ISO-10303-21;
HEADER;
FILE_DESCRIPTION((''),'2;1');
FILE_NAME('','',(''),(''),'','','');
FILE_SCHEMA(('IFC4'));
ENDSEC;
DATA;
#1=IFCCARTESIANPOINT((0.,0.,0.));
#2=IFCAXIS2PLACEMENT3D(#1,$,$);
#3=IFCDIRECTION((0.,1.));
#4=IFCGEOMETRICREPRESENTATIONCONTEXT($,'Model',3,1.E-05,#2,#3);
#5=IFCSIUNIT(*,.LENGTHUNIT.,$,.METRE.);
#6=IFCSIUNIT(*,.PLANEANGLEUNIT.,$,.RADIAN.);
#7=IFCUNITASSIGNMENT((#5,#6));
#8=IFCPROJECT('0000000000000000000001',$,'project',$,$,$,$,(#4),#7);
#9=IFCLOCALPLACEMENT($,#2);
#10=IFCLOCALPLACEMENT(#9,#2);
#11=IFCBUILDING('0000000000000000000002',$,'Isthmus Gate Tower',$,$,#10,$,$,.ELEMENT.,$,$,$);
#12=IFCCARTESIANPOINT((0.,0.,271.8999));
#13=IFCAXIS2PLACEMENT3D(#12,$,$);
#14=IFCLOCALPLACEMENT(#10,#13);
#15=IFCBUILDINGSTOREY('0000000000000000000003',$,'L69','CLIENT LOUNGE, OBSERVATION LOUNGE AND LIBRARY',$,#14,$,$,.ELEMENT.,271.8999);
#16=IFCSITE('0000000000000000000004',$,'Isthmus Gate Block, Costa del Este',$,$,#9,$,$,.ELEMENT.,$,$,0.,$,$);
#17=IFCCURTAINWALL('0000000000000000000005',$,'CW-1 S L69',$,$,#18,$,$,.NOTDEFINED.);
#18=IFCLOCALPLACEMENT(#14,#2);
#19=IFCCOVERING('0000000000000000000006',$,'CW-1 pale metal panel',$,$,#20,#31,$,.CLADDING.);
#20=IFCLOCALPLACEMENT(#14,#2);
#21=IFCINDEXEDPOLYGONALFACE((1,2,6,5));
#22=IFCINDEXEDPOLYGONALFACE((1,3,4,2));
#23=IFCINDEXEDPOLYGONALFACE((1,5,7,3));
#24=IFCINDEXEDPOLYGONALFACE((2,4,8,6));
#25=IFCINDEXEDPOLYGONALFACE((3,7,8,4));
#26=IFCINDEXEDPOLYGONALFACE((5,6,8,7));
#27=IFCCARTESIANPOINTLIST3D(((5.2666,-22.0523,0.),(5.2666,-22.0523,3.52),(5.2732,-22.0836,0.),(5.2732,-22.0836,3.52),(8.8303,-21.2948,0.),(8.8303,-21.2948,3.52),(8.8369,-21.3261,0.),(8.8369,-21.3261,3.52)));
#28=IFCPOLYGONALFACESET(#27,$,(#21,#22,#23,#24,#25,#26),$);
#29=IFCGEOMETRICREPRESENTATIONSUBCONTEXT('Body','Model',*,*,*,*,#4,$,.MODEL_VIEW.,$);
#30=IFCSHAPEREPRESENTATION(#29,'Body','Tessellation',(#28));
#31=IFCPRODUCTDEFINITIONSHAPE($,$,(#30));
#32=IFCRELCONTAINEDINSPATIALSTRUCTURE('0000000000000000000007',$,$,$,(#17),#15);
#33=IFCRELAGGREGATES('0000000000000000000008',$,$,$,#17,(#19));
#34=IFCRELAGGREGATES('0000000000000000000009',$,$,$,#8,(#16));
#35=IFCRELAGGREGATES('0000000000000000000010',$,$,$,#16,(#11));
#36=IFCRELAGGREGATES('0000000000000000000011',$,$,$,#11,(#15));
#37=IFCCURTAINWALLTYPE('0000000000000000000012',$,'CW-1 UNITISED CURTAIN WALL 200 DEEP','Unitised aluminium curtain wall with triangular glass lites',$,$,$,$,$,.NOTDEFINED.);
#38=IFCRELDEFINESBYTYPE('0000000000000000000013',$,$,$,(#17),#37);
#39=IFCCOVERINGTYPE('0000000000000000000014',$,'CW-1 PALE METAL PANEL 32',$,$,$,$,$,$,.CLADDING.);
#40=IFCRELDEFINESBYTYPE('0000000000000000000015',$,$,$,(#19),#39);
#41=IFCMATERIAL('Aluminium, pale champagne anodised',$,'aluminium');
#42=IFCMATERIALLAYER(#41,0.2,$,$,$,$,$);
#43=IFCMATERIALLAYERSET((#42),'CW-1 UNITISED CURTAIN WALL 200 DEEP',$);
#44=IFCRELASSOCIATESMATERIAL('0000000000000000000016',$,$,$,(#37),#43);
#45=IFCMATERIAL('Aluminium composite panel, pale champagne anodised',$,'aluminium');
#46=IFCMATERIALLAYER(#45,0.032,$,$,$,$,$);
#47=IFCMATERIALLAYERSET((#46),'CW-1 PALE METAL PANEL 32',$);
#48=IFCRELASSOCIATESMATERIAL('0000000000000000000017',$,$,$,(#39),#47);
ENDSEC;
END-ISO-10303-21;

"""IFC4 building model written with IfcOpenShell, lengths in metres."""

from ifc_helpers import new_model, si_unit, direction, frame, origin, origin_2d, place, context, subcontext, project, spatial, rectangle, extrude, material, layer, layer_set, type_object, element, aggregate, save


model = new_model("IFC4")

# Units and contexts
model_context = context("Model", 3, precision=1e-05, world=origin(), true_north=direction((0.0, 1.0)))
body_context = subcontext(model_context, "Body", "Model", "MODEL_VIEW")
ifc_project = project(units=[si_unit("LENGTHUNIT", "METRE"), si_unit("PLANEANGLEUNIT", "RADIAN")], contexts=[model_context])

# Site, building, storey
site_placement = place(None, origin())
site = spatial("IfcSite", under=ifc_project, at=site_placement, Name="Isthmus Gate Block, Costa del Este", CompositionType="ELEMENT", RefElevation=0.0)
building_placement = place(site_placement, origin())
building = spatial("IfcBuilding", under=site, at=building_placement, Name="Isthmus Gate Tower", CompositionType="ELEMENT")
storey_placement = place(building_placement, frame((0.0, 0.0, 271.8999)))
storey = spatial("IfcBuildingStorey", under=building, at=storey_placement, Name="L69", Description="CLIENT LOUNGE, OBSERVATION LOUNGE AND LIBRARY", CompositionType="ELEMENT", Elevation=271.8999)

# Curtain wall
ifc_material_1 = material(Name="Aluminium, pale champagne anodised", Category="aluminium")
ifc_layer_1 = layer(ifc_material_1, 0.2)
ifc_layer_set_1 = layer_set([ifc_layer_1], Name="CW-1 UNITISED CURTAIN WALL 200 DEEP")
curtain_wall_type = type_object("IfcCurtainWallType", Name="CW-1 UNITISED CURTAIN WALL 200 DEEP", Description="Unitised aluminium curtain wall with triangular glass lites", PredefinedType="NOTDEFINED", material=ifc_layer_set_1)
curtain_wall_placement = place(storey_placement, origin())
curtain_wall = element("IfcCurtainWall", 1, at=curtain_wall_placement, inside=storey, type_object=curtain_wall_type, Name="CW-1 S L69", PredefinedType="NOTDEFINED")

# Covering
ifc_material_2 = material(Name="Aluminium composite panel, pale champagne anodised", Category="aluminium")
ifc_layer_2 = layer(ifc_material_2, 0.032)
ifc_layer_set_2 = layer_set([ifc_layer_2], Name="CW-1 PALE METAL PANEL 32")
covering_type = type_object("IfcCoveringType", Name="CW-1 PALE METAL PANEL 32", PredefinedType="CLADDING", material=ifc_layer_set_2)
covering_1_placement = place(storey_placement, frame((7.0518, -21.6892, 0.0), z_axis=(0.0, 0.0, 1.0), x_axis=(0.978148, 0.207912, 0.0)))
covering_1 = element("IfcCovering", 2, at=covering_1_placement, type_object=covering_type, Name="CW-1 pale metal panel", PredefinedType="CLADDING", context=body_context, shape_type="SweptSolid", body=[
    extrude(rectangle(XDim=3.6433, YDim=0.032, at=origin_2d()), origin(), (0.0, 0.0, 1.0), 3.52),
])
aggregate(curtain_wall, [covering_1])

save(model, "model.ifc")
